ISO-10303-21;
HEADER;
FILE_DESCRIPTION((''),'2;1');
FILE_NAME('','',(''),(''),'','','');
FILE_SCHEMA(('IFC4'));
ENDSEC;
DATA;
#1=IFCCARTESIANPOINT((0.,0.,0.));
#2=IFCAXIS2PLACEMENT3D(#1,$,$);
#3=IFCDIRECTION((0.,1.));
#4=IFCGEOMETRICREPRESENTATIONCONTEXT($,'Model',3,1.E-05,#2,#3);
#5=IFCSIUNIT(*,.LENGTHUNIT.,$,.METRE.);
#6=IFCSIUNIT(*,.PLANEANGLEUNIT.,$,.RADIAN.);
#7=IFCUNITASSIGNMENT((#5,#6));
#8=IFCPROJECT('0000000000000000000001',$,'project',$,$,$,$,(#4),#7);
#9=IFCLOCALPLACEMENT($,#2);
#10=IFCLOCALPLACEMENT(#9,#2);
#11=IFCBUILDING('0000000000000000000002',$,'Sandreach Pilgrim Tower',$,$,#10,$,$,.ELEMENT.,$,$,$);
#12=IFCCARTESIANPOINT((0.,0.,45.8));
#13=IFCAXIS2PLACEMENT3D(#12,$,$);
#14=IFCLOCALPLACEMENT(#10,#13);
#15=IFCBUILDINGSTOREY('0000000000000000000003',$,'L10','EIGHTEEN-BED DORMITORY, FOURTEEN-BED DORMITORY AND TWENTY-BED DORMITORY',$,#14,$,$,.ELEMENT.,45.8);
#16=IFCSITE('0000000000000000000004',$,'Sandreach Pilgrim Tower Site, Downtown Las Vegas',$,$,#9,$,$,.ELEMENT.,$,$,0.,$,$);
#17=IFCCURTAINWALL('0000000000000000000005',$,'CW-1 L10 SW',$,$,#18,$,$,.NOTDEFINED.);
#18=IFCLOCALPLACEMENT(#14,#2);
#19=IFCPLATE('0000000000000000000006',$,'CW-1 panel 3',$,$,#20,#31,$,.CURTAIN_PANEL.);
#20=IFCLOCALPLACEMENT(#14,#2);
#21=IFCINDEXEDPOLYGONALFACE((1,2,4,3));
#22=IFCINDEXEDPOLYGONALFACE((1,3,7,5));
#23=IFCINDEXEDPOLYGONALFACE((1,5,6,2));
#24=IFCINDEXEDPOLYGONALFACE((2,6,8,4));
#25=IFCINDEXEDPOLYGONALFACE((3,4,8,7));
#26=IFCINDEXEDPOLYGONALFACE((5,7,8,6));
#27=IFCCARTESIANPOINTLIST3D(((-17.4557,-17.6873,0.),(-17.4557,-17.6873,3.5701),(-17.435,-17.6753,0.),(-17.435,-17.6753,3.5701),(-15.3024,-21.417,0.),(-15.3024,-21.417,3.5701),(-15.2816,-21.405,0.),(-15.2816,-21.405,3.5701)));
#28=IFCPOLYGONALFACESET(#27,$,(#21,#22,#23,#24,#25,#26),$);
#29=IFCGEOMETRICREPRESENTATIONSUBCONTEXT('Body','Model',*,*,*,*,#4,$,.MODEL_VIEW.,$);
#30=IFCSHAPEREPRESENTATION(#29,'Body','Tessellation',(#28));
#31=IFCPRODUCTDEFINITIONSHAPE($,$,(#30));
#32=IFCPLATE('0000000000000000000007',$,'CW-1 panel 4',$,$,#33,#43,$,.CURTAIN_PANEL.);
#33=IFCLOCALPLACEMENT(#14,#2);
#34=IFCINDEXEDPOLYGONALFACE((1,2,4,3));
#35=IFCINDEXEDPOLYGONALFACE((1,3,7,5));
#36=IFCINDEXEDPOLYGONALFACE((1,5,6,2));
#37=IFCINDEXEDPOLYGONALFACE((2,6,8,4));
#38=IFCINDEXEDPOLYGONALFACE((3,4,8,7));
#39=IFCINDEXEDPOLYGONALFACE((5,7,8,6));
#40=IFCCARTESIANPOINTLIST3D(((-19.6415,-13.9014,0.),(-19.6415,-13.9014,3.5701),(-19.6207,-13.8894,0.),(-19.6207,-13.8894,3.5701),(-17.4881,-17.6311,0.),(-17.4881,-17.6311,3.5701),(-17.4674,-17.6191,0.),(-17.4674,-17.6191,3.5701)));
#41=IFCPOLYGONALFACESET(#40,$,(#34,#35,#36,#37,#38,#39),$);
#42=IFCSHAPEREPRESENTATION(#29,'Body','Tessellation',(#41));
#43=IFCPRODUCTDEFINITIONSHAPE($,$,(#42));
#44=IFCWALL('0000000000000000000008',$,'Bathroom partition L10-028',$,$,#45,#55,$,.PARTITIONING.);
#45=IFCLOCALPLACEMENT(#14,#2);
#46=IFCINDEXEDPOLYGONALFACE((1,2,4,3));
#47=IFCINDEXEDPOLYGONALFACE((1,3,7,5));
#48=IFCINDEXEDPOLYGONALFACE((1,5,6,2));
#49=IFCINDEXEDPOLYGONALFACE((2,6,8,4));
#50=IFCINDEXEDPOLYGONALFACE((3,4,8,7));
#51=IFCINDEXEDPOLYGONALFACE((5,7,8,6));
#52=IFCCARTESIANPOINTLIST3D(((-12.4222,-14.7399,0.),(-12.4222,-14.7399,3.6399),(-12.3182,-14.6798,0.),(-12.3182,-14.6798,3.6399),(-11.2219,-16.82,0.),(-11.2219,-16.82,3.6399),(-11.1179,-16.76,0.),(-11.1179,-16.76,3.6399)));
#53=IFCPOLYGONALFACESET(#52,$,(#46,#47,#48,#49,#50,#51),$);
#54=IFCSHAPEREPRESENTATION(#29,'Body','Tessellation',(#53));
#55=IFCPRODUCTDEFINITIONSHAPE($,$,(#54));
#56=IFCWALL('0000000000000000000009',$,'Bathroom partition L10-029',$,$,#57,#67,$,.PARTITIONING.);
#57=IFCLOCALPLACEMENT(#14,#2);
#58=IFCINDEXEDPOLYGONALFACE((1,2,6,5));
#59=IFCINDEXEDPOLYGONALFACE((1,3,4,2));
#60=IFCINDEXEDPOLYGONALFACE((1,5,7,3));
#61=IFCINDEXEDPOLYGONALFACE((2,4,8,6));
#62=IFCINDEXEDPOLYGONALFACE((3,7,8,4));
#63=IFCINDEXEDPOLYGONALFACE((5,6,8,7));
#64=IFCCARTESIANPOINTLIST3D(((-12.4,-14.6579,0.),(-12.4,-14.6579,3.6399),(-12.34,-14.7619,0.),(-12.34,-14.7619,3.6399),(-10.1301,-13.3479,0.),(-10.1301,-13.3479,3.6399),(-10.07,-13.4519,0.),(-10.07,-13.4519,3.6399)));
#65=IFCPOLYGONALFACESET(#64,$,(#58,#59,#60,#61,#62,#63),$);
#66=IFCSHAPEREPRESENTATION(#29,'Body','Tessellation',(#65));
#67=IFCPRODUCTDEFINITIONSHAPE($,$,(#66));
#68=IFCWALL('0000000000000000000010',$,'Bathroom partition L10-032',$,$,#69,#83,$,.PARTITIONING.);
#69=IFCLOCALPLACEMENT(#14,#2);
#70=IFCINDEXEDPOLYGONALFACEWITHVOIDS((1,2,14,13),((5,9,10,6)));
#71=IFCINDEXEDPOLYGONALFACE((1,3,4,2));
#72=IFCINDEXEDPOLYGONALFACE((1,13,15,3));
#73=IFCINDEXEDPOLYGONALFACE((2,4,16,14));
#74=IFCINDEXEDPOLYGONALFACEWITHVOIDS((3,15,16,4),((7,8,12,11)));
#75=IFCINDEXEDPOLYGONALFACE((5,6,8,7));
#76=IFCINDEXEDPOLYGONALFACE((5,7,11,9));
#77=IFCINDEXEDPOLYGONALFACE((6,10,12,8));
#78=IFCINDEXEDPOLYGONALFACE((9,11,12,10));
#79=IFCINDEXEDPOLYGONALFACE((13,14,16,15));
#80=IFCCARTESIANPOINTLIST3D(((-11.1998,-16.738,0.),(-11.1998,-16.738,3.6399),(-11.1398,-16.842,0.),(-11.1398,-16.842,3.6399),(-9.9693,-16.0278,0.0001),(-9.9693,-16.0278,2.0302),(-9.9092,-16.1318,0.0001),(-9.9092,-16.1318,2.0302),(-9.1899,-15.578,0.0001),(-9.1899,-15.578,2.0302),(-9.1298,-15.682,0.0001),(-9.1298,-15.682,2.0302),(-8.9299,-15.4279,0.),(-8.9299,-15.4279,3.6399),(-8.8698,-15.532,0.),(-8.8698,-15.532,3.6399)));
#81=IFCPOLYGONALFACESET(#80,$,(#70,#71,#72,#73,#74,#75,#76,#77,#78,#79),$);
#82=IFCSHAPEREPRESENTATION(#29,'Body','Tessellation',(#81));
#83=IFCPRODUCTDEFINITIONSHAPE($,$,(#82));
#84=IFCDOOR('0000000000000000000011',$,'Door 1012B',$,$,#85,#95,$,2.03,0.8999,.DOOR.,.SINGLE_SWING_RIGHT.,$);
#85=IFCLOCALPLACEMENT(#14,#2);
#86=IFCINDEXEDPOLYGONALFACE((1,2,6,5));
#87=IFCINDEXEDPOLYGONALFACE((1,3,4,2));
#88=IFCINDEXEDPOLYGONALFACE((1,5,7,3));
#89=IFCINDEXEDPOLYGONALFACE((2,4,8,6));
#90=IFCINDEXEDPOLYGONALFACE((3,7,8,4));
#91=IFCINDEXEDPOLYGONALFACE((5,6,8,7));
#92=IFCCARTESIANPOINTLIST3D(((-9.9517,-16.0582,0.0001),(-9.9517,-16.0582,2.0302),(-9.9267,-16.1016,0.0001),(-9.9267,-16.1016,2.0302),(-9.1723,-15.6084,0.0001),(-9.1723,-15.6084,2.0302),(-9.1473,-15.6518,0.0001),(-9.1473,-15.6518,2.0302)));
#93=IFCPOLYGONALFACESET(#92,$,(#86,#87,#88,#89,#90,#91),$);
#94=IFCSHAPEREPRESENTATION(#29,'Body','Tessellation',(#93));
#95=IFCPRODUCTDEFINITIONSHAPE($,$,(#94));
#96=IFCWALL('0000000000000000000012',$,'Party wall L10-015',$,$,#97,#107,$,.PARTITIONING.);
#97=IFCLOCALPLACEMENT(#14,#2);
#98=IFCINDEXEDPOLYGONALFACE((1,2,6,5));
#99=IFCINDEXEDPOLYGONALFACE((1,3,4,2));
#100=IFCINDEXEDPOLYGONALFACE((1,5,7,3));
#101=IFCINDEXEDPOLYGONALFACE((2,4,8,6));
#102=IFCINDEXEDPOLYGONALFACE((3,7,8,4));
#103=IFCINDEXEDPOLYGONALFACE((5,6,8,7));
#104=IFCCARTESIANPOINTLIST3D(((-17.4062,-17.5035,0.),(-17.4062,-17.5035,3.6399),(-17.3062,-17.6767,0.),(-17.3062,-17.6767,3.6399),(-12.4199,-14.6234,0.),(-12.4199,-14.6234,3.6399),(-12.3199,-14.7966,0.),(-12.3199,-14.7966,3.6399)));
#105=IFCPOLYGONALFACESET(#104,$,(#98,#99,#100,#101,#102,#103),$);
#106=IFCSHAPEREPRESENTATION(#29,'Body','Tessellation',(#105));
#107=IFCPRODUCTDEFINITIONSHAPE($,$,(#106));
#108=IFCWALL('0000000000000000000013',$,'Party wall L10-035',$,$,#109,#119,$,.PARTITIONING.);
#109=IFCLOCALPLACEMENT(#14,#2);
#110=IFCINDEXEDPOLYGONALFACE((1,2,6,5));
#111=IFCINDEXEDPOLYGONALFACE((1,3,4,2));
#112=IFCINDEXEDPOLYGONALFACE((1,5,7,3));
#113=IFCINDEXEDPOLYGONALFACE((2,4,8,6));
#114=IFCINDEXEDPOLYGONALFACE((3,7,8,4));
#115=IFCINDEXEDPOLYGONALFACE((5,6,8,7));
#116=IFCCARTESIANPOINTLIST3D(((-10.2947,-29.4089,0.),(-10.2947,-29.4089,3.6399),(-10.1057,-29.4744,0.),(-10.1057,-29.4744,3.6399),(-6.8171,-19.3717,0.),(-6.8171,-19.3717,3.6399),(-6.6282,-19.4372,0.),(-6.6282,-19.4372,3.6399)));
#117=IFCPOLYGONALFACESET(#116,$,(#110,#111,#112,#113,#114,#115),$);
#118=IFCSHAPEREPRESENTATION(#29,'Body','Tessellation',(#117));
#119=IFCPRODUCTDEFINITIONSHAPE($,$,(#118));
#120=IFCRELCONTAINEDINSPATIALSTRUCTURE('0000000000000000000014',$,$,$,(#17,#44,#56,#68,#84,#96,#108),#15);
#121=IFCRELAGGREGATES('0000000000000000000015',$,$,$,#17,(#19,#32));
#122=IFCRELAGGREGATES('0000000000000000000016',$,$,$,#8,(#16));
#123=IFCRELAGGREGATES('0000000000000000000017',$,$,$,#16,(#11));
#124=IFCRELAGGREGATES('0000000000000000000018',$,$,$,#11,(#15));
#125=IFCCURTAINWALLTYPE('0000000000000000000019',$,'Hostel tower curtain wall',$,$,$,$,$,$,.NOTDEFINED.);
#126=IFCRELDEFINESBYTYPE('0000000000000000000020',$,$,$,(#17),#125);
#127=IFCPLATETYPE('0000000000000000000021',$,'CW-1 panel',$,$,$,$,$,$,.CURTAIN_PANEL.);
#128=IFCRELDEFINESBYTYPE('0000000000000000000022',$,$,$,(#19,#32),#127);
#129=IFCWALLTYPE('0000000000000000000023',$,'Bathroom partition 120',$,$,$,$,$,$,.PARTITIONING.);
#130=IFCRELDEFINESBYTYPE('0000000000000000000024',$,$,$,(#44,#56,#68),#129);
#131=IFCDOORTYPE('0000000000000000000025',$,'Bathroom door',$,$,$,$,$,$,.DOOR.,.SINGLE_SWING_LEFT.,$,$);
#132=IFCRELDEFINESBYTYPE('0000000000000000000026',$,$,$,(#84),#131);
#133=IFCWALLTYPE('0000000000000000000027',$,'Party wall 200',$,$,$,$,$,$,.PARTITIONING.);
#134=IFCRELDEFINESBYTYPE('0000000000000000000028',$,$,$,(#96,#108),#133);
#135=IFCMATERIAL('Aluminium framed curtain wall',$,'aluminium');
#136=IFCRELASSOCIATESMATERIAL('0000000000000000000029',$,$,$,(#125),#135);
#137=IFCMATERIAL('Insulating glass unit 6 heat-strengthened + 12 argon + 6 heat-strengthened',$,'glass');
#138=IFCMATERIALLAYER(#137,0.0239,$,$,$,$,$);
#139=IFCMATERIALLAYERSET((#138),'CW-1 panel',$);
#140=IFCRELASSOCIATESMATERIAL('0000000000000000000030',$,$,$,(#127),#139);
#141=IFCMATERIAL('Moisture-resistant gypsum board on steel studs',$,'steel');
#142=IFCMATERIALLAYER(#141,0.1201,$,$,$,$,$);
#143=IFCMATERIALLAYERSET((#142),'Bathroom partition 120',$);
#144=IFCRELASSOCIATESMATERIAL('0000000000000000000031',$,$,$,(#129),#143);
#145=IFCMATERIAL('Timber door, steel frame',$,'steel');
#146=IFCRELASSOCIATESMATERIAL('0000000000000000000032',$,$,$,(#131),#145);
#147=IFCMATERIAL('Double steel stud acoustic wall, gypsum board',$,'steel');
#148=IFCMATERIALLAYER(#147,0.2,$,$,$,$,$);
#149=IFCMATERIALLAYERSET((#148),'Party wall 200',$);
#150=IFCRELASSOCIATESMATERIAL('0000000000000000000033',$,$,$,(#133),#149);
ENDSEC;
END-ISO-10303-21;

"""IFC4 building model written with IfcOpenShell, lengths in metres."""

from ifc_helpers import new_model, si_unit, direction, frame, frame_2d, origin, origin_2d, place, context, subcontext, project, spatial, rectangle, extrude, material, layer, layer_set, type_object, element, fill, aggregate, save


model = new_model("IFC4")

# Units and contexts
model_context = context("Model", 3, precision=1e-05, world=origin(), true_north=direction((0.0, 1.0)))
body_context = subcontext(model_context, "Body", "Model", "MODEL_VIEW")
ifc_project = project(units=[si_unit("LENGTHUNIT", "METRE"), si_unit("PLANEANGLEUNIT", "RADIAN")], contexts=[model_context])

# Site, building, storey
site_placement = place(None, origin())
site = spatial("IfcSite", under=ifc_project, at=site_placement, Name="Sandreach Pilgrim Tower Site, Downtown Las Vegas", CompositionType="ELEMENT", RefElevation=0.0)
building_placement = place(site_placement, origin())
building = spatial("IfcBuilding", under=site, at=building_placement, Name="Sandreach Pilgrim Tower", CompositionType="ELEMENT")
storey_placement = place(building_placement, frame((0.0, 0.0, 45.8)))
storey = spatial("IfcBuildingStorey", under=building, at=storey_placement, Name="L10", Description="EIGHTEEN-BED DORMITORY, FOURTEEN-BED DORMITORY AND TWENTY-BED DORMITORY", CompositionType="ELEMENT", Elevation=45.8)

# Curtain wall
ifc_material_1 = material(Name="Aluminium framed curtain wall", Category="aluminium")
curtain_wall_type = type_object("IfcCurtainWallType", Name="Hostel tower curtain wall", PredefinedType="NOTDEFINED", material=ifc_material_1)
curtain_wall_placement = place(storey_placement, origin())
curtain_wall = element("IfcCurtainWall", 1, at=curtain_wall_placement, inside=storey, type_object=curtain_wall_type, Name="CW-1 L10 SW", PredefinedType="NOTDEFINED")

# Plates
ifc_material_2 = material(Name="Insulating glass unit 6 heat-strengthened + 12 argon + 6 heat-strengthened", Category="glass")
ifc_layer_1 = layer(ifc_material_2, 0.0239)
ifc_layer_set_1 = layer_set([ifc_layer_1], Name="CW-1 panel")
plate_type = type_object("IfcPlateType", Name="CW-1 panel", PredefinedType="CURTAIN_PANEL", material=ifc_layer_set_1)
plate_1_placement = place(storey_placement, frame((-16.3687, -19.5461, 0.0), z_axis=(0.0, 0.0, 1.0), x_axis=(-0.5, 0.866025, 0.0)))
plate_1 = element("IfcPlate", 2, at=plate_1_placement, type_object=plate_type, Name="CW-1 panel 3", PredefinedType="CURTAIN_PANEL", context=body_context, shape_type="SweptSolid", body=[
    extrude(rectangle(XDim=4.3066, YDim=0.0239, at=origin_2d()), origin(), (0.0, 0.0, 1.0), 3.5701),
])
plate_2_placement = place(storey_placement, frame((-18.5544, -15.7603, 0.0), z_axis=(0.0, 0.0, 1.0), x_axis=(-0.5, 0.866025, 0.0)))
plate_2 = element("IfcPlate", 3, at=plate_2_placement, type_object=plate_type, Name="CW-1 panel 4", PredefinedType="CURTAIN_PANEL", context=body_context, shape_type="SweptSolid", body=[
    extrude(rectangle(XDim=4.3066, YDim=0.0239, at=origin_2d()), origin(), (0.0, 0.0, 1.0), 3.5701),
])
aggregate(curtain_wall, [plate_1, plate_2])

# Walls
ifc_material_3 = material(Name="Moisture-resistant gypsum board on steel studs", Category="steel")
ifc_layer_2 = layer(ifc_material_3, 0.1201)
ifc_layer_set_2 = layer_set([ifc_layer_2], Name="Bathroom partition 120")
wall_type_1 = type_object("IfcWallType", Name="Bathroom partition 120", PredefinedType="PARTITIONING", material=ifc_layer_set_2)
wall_1_placement = place(storey_placement, frame((-12.3701, -14.71, 0.0), z_axis=(0.0, 0.0, 1.0), x_axis=(0.499769, -0.866159, 0.0)))
element("IfcWall", 4, at=wall_1_placement, inside=storey, type_object=wall_type_1, Name="Bathroom partition L10-028", PredefinedType="PARTITIONING", context=body_context, shape_type="SweptSolid", body=[
    extrude(rectangle(XDim=2.4016, YDim=0.1201, at=frame_2d((1.2007, 0.0))), origin(), (0.0, 0.0, 1.0), 3.6399),
])
wall_2_placement = place(storey_placement, frame((-12.3701, -14.71, 0.0), z_axis=(0.0, 0.0, 1.0), x_axis=(0.866114, 0.499846, 0.0)))
element("IfcWall", 5, at=wall_2_placement, inside=storey, type_object=wall_type_1, Name="Bathroom partition L10-029", PredefinedType="PARTITIONING", context=body_context, shape_type="SweptSolid", body=[
    extrude(rectangle(XDim=2.6208, YDim=0.1201, at=frame_2d((1.3105, 0.0))), origin(), (0.0, 0.0, 1.0), 3.6399),
])

# Wall, opening, door
wall_3_placement = place(storey_placement, frame((-11.1699, -16.79, 0.0), z_axis=(0.0, 0.0, 1.0), x_axis=(0.866114, 0.499846, 0.0)))
wall_3 = element("IfcWall", 6, at=wall_3_placement, inside=storey, type_object=wall_type_1, Name="Bathroom partition L10-032", PredefinedType="PARTITIONING", context=body_context, shape_type="SweptSolid", body=[
    extrude(rectangle(XDim=2.6208, YDim=0.1201, at=frame_2d((1.3105, 0.0))), origin(), (0.0, 0.0, 1.0), 3.6399),
])
opening_placement = place(wall_3_placement, frame((1.4209, 0.0, 0.0)))
opening = element("IfcOpeningElement", 7, at=opening_placement, cuts=wall_3, PredefinedType="OPENING", context=body_context, shape_type="SweptSolid", body=[
    extrude(rectangle(XDim=0.8999, YDim=2.03, at=frame_2d((0.45, 1.0151))), frame((0.0, 0.0601, 0.0), z_axis=(0.0, -1.0, 0.0), x_axis=(1.0, 0.0, 0.0)), (0.0, 0.0, 1.0), 0.1201),
])
ifc_material_4 = material(Name="Timber door, steel frame", Category="steel")
door_type = type_object("IfcDoorType", Name="Bathroom door", OperationType="SINGLE_SWING_LEFT", PredefinedType="DOOR", material=ifc_material_4)
door_placement = place(opening_placement, origin())
door = element("IfcDoor", 8, at=door_placement, inside=storey, type_object=door_type, Name="Door 1012B", OperationType="SINGLE_SWING_RIGHT", OverallHeight=2.03, OverallWidth=0.8999, PredefinedType="DOOR", context=body_context, shape_type="SweptSolid", body=[
    extrude(rectangle(XDim=0.8999, YDim=2.03, at=frame_2d((0.45, 1.0151))), frame((0.0, 0.0249, 0.0), z_axis=(0.0, -1.0, 0.0), x_axis=(1.0, 0.0, 0.0)), (0.0, 0.0, 1.0), 0.05),
])
fill(opening, door)

# Walls
ifc_material_5 = material(Name="Double steel stud acoustic wall, gypsum board", Category="steel")
ifc_layer_3 = layer(ifc_material_5, 0.2)
ifc_layer_set_3 = layer_set([ifc_layer_3], Name="Party wall 200")
wall_type_2 = type_object("IfcWallType", Name="Party wall 200", PredefinedType="PARTITIONING", material=ifc_layer_set_3)
wall_4_placement = place(storey_placement, frame((-17.3562, -17.5901, 0.0), z_axis=(0.0, 0.0, 1.0), x_axis=(0.86593, 0.500165, 0.0)))
element("IfcWall", 9, at=wall_4_placement, inside=storey, type_object=wall_type_2, Name="Party wall L10-015", PredefinedType="PARTITIONING", context=body_context, shape_type="SweptSolid", body=[
    extrude(rectangle(XDim=5.7583, YDim=0.2, at=frame_2d((2.8792, 0.0))), origin(), (0.0, 0.0, 1.0), 3.6399),
])
wall_5_placement = place(storey_placement, frame((-10.2002, -29.4417, 0.0), z_axis=(0.0, 0.0, 1.0), x_axis=(0.327376, 0.944894, 0.0)))
element("IfcWall", 10, at=wall_5_placement, inside=storey, type_object=wall_type_2, Name="Party wall L10-035", PredefinedType="PARTITIONING", context=body_context, shape_type="SweptSolid", body=[
    extrude(rectangle(XDim=10.6226, YDim=0.2, at=frame_2d((5.3113, 0.0))), origin(), (0.0, 0.0, 1.0), 3.6399),
])

save(model, "model.ifc")
